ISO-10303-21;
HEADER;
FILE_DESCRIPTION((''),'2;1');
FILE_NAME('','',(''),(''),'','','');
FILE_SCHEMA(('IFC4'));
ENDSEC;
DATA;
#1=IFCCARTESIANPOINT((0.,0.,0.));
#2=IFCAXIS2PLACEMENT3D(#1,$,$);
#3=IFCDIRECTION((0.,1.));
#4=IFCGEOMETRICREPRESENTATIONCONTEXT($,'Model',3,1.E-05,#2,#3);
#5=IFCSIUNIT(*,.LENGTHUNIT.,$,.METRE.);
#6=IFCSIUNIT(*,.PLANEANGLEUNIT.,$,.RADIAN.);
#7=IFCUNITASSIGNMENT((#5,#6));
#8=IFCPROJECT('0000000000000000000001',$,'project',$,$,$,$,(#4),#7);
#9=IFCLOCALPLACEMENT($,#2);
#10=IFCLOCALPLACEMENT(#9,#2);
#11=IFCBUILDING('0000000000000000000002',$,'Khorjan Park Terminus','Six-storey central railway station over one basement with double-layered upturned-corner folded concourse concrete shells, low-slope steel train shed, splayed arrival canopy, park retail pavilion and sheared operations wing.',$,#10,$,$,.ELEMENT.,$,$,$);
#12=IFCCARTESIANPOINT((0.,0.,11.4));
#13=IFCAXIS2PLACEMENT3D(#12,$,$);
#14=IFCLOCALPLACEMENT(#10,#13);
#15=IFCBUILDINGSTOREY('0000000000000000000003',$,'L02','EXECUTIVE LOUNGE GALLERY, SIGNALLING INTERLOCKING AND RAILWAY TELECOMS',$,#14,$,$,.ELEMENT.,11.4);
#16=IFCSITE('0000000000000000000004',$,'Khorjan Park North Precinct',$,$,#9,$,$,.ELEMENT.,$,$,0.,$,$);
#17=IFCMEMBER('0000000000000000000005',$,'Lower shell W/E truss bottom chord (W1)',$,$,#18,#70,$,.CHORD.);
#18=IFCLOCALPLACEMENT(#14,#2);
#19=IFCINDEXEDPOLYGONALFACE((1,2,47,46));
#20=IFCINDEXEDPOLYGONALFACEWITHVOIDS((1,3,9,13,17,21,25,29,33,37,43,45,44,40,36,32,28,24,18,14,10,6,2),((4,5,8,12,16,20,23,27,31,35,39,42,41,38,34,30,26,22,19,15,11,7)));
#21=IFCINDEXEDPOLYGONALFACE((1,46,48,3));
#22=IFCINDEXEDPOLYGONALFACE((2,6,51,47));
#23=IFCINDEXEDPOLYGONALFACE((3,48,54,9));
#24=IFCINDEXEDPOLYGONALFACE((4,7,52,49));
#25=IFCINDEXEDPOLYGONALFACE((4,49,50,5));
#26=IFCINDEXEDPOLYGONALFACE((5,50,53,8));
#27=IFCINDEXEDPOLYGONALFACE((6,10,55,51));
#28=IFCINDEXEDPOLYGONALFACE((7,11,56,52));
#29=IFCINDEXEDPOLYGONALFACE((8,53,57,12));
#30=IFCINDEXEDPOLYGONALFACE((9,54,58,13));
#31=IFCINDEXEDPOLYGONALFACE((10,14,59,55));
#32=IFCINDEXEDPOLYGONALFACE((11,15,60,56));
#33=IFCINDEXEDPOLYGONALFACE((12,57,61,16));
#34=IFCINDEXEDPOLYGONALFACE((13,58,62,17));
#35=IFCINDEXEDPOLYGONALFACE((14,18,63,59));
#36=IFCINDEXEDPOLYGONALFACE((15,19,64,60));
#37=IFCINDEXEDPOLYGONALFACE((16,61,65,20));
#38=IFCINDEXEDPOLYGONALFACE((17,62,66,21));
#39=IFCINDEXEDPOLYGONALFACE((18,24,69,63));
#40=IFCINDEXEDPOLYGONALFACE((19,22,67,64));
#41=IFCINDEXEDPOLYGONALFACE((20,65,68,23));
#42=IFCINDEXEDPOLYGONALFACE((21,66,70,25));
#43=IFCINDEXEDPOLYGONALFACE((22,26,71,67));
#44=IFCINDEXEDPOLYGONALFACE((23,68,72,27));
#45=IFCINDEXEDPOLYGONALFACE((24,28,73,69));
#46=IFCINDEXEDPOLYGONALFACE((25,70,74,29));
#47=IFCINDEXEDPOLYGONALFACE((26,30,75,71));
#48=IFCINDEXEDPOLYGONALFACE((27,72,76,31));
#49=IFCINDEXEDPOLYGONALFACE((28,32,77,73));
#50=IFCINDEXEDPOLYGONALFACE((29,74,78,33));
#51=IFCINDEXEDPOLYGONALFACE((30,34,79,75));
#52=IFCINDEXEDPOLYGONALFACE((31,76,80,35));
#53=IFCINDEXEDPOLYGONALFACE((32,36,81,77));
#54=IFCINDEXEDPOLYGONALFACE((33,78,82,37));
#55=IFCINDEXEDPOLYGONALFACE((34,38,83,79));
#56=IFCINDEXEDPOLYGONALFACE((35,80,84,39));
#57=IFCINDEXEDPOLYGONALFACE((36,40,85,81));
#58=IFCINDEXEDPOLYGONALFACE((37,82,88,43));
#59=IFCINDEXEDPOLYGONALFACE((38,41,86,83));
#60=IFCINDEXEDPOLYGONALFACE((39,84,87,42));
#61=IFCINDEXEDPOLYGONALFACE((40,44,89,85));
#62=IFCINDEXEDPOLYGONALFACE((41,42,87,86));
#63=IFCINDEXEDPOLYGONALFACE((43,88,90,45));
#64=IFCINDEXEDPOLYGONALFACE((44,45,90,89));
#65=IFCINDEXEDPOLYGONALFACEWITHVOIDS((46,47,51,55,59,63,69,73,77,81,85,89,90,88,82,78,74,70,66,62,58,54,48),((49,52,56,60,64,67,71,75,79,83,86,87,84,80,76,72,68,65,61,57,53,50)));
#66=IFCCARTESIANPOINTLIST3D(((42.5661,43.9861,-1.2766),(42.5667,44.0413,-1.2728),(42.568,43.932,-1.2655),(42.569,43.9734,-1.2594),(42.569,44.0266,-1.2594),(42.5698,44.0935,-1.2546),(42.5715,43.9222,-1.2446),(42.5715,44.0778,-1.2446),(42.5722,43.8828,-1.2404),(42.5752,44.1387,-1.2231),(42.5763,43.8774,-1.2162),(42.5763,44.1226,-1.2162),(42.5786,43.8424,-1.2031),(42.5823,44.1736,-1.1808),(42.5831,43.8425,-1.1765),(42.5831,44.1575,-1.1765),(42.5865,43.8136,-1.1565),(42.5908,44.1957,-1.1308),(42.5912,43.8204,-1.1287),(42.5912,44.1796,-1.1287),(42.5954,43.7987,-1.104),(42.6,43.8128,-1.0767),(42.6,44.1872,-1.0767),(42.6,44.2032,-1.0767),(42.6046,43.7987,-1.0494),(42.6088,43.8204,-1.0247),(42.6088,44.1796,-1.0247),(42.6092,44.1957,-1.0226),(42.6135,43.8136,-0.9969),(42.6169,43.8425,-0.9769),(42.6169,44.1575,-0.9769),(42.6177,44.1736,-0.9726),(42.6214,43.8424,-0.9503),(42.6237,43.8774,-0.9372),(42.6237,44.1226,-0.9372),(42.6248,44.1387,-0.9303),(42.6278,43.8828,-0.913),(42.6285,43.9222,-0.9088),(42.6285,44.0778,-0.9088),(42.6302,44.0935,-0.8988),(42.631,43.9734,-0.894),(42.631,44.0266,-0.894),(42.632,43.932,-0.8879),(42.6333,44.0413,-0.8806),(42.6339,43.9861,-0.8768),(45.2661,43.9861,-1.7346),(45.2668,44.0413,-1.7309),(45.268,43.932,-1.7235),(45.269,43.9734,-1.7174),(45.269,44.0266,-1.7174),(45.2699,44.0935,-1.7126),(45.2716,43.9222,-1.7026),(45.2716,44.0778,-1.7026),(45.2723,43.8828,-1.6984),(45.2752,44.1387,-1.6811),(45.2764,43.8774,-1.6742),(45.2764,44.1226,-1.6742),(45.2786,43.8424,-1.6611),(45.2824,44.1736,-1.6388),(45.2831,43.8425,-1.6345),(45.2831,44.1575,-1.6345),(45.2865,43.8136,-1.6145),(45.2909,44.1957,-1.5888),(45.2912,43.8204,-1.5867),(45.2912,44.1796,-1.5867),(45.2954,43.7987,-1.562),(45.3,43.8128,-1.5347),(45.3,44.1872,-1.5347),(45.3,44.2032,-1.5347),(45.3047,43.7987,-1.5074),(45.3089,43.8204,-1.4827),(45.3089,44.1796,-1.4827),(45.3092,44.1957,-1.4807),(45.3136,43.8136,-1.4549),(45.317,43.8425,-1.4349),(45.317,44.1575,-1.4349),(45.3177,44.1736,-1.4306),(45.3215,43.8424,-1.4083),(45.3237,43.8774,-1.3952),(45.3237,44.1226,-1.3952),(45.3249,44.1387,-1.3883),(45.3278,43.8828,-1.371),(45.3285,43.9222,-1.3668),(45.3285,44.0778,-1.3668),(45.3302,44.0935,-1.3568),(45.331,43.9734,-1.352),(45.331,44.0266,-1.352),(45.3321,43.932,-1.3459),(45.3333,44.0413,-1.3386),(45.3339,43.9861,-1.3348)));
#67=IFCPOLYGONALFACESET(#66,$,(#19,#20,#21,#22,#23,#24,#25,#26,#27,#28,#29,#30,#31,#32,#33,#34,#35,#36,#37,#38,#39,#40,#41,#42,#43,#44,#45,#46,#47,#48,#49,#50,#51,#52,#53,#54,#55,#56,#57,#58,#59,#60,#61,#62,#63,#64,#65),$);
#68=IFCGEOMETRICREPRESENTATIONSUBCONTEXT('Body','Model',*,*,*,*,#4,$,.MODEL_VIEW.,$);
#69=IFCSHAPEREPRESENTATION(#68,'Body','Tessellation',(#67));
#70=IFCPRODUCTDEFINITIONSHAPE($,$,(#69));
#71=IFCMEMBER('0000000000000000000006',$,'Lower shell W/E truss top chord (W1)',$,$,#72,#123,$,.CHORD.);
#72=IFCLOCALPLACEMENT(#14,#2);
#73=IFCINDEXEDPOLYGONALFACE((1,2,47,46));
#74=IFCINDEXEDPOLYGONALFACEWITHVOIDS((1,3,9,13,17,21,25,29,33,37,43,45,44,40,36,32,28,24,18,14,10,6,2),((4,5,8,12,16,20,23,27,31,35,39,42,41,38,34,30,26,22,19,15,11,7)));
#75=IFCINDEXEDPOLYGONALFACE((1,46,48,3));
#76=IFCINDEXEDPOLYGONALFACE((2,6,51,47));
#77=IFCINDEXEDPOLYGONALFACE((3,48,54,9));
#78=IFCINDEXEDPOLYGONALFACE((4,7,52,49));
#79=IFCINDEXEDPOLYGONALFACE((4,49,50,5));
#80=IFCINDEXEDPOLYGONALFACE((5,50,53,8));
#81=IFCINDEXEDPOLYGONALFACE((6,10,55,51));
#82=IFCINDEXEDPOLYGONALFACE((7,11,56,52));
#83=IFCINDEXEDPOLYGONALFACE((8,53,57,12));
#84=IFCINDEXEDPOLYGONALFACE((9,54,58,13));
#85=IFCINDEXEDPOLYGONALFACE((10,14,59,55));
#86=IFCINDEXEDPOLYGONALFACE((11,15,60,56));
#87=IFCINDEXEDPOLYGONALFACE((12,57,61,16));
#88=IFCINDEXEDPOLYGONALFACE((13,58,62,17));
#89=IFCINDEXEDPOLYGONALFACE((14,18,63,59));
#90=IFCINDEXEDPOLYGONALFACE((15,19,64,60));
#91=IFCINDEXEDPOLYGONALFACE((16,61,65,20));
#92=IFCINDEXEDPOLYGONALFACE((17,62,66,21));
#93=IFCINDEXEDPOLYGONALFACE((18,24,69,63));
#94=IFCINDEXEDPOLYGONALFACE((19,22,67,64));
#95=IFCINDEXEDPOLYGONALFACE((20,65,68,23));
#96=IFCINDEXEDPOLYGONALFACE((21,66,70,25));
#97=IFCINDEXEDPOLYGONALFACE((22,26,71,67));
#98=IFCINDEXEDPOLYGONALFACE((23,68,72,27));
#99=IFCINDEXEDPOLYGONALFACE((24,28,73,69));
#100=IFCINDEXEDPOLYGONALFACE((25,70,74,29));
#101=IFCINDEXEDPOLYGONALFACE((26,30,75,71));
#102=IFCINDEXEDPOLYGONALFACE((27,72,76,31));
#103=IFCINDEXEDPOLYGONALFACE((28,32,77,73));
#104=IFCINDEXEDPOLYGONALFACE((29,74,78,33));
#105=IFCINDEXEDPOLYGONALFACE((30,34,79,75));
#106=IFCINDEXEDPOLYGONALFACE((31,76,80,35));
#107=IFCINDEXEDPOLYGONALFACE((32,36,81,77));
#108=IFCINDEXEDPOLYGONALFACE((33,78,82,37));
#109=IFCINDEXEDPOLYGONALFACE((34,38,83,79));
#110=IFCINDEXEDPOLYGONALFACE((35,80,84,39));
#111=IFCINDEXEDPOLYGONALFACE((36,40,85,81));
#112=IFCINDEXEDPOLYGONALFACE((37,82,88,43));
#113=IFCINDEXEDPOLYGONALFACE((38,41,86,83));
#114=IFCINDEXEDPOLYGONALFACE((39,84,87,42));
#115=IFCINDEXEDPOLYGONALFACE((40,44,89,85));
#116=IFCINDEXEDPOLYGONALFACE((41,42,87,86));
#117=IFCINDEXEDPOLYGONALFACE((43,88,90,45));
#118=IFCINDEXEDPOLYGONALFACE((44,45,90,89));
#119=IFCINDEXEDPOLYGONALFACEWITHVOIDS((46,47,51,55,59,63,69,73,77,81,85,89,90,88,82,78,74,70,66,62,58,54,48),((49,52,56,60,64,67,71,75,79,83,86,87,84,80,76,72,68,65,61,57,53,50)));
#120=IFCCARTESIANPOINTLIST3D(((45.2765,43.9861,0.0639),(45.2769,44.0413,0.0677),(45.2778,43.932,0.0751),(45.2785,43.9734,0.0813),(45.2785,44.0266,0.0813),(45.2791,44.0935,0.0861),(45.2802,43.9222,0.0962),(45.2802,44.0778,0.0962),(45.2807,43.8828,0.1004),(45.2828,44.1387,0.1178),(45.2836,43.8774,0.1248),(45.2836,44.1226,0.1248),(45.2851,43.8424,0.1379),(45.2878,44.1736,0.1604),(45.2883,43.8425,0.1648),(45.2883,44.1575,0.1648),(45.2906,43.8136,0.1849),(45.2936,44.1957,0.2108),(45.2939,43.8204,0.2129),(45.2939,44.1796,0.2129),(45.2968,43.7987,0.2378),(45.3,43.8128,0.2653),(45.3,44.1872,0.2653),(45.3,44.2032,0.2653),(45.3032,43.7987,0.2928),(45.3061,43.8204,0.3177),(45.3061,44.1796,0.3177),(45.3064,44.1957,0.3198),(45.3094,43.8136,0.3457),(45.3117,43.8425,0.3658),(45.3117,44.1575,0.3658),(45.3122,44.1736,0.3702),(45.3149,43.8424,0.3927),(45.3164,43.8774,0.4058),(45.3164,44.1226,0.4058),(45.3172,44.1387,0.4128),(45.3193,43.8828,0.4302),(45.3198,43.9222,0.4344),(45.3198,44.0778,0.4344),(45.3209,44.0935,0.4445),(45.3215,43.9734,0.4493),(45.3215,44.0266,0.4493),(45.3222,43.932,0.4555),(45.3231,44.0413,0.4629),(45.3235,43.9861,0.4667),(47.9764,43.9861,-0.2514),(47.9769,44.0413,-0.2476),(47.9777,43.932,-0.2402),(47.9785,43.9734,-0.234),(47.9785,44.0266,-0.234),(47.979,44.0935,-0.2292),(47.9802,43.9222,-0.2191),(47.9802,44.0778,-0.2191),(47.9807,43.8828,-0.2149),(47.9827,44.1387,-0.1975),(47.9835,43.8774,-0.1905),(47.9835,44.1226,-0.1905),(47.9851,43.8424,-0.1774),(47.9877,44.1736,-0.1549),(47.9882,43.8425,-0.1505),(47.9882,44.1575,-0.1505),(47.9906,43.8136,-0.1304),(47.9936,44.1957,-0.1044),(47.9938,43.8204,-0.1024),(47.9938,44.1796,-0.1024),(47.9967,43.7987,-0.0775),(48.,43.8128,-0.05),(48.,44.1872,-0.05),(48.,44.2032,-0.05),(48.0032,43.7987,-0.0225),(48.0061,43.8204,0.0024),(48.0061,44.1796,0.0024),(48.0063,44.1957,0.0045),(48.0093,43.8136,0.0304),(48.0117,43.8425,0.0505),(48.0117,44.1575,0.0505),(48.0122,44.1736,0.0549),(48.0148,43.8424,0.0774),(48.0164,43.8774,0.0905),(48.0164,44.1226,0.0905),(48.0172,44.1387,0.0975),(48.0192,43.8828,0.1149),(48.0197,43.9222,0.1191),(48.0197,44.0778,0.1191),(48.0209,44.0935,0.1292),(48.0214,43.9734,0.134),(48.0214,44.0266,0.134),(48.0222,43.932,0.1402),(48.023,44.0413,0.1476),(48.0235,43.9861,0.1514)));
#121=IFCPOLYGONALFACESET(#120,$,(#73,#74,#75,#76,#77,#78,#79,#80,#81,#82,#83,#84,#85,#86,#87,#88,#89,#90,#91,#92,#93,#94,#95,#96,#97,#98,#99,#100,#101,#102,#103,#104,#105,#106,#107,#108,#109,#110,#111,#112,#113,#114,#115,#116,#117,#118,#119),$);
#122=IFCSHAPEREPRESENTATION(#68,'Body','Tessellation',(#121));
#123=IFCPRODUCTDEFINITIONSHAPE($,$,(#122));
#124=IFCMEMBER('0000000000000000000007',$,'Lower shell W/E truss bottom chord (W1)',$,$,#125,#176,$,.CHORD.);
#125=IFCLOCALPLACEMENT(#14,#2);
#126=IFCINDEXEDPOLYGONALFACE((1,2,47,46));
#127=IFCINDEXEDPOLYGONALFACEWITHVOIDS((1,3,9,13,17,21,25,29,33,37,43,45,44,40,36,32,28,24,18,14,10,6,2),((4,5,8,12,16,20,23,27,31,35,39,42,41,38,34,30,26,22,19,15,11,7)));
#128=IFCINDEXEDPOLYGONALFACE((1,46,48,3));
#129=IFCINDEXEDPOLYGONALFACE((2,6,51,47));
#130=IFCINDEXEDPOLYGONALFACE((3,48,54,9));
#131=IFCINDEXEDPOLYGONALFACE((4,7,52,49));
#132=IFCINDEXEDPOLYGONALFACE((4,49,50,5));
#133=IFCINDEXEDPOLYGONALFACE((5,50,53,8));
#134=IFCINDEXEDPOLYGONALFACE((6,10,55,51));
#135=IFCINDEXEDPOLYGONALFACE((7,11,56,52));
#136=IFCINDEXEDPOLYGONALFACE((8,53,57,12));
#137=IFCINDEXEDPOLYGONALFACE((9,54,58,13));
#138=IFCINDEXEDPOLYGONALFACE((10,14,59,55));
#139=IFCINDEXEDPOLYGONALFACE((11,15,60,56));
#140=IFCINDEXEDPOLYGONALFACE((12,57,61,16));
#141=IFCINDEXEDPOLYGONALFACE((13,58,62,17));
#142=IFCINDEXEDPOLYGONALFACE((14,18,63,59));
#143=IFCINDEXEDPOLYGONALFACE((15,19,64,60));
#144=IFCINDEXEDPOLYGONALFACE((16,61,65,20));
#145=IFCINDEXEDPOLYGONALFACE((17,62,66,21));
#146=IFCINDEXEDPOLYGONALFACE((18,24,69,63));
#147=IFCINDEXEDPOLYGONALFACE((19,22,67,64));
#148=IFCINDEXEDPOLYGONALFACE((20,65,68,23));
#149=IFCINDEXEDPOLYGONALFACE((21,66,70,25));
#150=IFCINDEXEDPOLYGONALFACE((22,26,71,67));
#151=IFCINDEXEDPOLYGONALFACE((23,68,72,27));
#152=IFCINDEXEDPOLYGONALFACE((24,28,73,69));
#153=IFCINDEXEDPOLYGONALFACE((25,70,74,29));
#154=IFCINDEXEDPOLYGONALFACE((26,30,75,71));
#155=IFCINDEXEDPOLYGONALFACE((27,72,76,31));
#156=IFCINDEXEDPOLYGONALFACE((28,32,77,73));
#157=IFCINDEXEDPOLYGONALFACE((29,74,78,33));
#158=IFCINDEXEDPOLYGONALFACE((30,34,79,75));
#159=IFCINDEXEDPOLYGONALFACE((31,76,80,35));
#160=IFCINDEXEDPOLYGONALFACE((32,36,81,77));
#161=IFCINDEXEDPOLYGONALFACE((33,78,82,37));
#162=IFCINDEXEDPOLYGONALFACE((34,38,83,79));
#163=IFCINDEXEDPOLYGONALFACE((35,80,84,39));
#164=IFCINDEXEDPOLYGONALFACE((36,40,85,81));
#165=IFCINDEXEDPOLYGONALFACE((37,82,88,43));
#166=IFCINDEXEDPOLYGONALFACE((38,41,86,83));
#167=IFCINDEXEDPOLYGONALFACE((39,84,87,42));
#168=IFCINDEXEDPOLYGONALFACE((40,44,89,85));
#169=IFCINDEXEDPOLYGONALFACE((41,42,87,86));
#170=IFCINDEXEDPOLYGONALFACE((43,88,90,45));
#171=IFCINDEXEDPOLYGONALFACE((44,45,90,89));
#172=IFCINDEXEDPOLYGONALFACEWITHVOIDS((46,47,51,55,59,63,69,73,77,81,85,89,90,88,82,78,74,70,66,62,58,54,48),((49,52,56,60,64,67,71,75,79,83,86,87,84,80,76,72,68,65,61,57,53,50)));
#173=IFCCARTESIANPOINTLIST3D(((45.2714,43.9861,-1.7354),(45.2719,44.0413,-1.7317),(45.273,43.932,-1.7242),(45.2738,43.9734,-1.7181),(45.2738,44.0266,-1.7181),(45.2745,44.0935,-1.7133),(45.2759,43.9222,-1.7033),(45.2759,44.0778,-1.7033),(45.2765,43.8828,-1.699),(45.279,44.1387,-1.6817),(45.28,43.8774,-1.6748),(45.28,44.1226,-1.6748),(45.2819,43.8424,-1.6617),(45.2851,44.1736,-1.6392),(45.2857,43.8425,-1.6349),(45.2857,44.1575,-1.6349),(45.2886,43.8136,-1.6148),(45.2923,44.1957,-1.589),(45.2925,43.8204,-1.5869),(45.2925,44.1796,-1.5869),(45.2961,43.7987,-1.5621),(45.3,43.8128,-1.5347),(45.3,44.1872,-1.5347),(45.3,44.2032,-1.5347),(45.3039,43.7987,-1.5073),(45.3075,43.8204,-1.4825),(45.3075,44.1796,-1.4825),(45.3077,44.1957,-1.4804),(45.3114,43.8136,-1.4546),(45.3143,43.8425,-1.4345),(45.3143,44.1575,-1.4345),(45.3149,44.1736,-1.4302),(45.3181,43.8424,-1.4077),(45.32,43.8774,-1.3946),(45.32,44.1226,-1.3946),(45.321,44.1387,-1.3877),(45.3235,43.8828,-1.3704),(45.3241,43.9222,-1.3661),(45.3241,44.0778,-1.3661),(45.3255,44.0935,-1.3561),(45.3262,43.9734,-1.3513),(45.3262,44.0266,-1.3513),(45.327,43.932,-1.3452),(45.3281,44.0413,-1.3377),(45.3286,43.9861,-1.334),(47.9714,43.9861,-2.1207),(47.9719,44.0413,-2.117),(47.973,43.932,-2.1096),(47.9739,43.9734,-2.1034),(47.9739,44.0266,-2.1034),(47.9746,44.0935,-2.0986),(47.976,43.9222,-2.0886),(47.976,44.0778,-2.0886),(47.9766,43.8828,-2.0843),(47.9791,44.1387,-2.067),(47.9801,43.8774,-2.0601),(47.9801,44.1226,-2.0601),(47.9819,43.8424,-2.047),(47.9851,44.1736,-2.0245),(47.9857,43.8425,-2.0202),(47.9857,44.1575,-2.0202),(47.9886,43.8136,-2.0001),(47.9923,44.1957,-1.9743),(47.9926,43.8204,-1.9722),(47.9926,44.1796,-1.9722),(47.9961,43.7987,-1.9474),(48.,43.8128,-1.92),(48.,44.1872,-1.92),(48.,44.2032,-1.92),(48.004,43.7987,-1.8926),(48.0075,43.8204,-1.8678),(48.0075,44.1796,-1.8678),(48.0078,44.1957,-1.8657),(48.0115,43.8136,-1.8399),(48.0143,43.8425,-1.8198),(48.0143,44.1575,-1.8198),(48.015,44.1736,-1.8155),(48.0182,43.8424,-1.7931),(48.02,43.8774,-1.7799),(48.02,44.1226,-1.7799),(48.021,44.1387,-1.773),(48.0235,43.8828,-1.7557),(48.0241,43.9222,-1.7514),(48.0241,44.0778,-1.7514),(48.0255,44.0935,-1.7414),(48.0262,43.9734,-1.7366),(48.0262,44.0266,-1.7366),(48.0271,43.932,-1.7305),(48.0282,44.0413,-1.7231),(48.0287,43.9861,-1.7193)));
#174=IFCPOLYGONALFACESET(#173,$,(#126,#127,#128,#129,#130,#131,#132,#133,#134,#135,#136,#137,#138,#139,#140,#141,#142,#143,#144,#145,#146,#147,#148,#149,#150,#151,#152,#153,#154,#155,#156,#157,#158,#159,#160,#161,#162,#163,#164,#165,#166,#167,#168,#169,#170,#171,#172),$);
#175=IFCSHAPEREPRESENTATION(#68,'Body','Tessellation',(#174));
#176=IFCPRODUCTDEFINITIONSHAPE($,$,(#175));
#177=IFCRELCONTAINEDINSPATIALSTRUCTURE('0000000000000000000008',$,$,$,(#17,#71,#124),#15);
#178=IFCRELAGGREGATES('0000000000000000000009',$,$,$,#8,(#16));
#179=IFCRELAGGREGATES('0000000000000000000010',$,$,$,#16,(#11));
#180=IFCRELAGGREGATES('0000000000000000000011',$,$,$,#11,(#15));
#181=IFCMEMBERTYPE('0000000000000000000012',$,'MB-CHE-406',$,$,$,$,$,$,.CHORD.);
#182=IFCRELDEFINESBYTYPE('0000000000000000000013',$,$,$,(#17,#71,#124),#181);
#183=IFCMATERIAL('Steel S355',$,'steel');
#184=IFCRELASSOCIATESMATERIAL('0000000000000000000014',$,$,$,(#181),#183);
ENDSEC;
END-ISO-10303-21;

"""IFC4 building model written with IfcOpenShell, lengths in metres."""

from ifc_helpers import new_model, si_unit, direction, frame, origin, origin_2d, place, context, subcontext, project, spatial, hollow_circle, extrude, material, material_profile, profile_set, type_object, element, save


model = new_model("IFC4")

# Units and contexts
model_context = context("Model", 3, precision=1e-05, world=origin(), true_north=direction((0.0, 1.0)))
body_context = subcontext(model_context, "Body", "Model", "MODEL_VIEW")
ifc_project = project(units=[si_unit("LENGTHUNIT", "METRE"), si_unit("PLANEANGLEUNIT", "RADIAN")], contexts=[model_context])

# Site, building, storey
site_placement = place(None, origin())
site = spatial("IfcSite", under=ifc_project, at=site_placement, Name="Khorjan Park North Precinct", CompositionType="ELEMENT", RefElevation=0.0)
building_placement = place(site_placement, origin())
building = spatial("IfcBuilding", under=site, at=building_placement, Name="Khorjan Park Terminus", Description="Six-storey central railway station over one basement with double-layered upturned-corner folded concourse concrete shells, low-slope steel train shed, splayed arrival canopy, park retail pavilion and sheared operations wing.", CompositionType="ELEMENT")
storey_placement = place(building_placement, frame((0.0, 0.0, 11.4)))
storey = spatial("IfcBuildingStorey", under=building, at=storey_placement, Name="L02", Description="EXECUTIVE LOUNGE GALLERY, SIGNALLING INTERLOCKING AND RAILWAY TELECOMS", CompositionType="ELEMENT", Elevation=11.4)

# Members
ifc_material_1 = material(Name="Steel S355", Category="steel")
ifc_material_profile_1 = material_profile(ifc_material_1, hollow_circle(Radius=0.2032, WallThickness=0.016, at=origin_2d()), Name="CHS 406.4x16")
ifc_profile_set_1 = profile_set([ifc_material_profile_1], Name="Steel S355")
member_type_1 = type_object("IfcMemberType", Name="MB-CHE-406", PredefinedType="CHORD", material=ifc_profile_set_1)
for number, where, z_axis, x_axis, name in (
    (1, (42.6, 44.0, -1.0767), (0.985916, 0.0, -0.167241), (0.0, 1.0, 0.0), "Lower shell W/E truss bottom chord (W1)"),
):
    element("IfcMember", number, at=place(storey_placement, frame(where, z_axis=z_axis, x_axis=x_axis)), inside=storey, type_object=member_type_1, Name=name, PredefinedType="CHORD", context=body_context, shape_type="SweptSolid", body=[
        extrude(hollow_circle(Radius=0.2032, WallThickness=0.016, at=origin_2d()), origin(), (0.0, 0.0, 1.0), 2.7386),
    ])
member_1_placement = place(storey_placement, frame((45.3, 44.0, 0.2653), z_axis=(0.99325, 0.0, -0.11599), x_axis=(0.0, 1.0, 0.0)))
element("IfcMember", 2, at=member_1_placement, inside=storey, type_object=member_type_1, Name="Lower shell W/E truss top chord (W1)", PredefinedType="CHORD", context=body_context, shape_type="SweptSolid", body=[
    extrude(hollow_circle(Radius=0.2032, WallThickness=0.016, at=origin_2d()), origin(), (0.0, 0.0, 1.0), 2.7183),
])
member_2_placement = place(storey_placement, frame((45.3, 44.0, -1.5347), z_axis=(0.989971, 0.0, -0.141272), x_axis=(0.0, 1.0, 0.0)))
element("IfcMember", 3, at=member_2_placement, inside=storey, type_object=member_type_1, Name="Lower shell W/E truss bottom chord (W1)", PredefinedType="CHORD", context=body_context, shape_type="SweptSolid", body=[
    extrude(hollow_circle(Radius=0.2032, WallThickness=0.016, at=origin_2d()), origin(), (0.0, 0.0, 1.0), 2.7274),
])

save(model, "model.ifc")
